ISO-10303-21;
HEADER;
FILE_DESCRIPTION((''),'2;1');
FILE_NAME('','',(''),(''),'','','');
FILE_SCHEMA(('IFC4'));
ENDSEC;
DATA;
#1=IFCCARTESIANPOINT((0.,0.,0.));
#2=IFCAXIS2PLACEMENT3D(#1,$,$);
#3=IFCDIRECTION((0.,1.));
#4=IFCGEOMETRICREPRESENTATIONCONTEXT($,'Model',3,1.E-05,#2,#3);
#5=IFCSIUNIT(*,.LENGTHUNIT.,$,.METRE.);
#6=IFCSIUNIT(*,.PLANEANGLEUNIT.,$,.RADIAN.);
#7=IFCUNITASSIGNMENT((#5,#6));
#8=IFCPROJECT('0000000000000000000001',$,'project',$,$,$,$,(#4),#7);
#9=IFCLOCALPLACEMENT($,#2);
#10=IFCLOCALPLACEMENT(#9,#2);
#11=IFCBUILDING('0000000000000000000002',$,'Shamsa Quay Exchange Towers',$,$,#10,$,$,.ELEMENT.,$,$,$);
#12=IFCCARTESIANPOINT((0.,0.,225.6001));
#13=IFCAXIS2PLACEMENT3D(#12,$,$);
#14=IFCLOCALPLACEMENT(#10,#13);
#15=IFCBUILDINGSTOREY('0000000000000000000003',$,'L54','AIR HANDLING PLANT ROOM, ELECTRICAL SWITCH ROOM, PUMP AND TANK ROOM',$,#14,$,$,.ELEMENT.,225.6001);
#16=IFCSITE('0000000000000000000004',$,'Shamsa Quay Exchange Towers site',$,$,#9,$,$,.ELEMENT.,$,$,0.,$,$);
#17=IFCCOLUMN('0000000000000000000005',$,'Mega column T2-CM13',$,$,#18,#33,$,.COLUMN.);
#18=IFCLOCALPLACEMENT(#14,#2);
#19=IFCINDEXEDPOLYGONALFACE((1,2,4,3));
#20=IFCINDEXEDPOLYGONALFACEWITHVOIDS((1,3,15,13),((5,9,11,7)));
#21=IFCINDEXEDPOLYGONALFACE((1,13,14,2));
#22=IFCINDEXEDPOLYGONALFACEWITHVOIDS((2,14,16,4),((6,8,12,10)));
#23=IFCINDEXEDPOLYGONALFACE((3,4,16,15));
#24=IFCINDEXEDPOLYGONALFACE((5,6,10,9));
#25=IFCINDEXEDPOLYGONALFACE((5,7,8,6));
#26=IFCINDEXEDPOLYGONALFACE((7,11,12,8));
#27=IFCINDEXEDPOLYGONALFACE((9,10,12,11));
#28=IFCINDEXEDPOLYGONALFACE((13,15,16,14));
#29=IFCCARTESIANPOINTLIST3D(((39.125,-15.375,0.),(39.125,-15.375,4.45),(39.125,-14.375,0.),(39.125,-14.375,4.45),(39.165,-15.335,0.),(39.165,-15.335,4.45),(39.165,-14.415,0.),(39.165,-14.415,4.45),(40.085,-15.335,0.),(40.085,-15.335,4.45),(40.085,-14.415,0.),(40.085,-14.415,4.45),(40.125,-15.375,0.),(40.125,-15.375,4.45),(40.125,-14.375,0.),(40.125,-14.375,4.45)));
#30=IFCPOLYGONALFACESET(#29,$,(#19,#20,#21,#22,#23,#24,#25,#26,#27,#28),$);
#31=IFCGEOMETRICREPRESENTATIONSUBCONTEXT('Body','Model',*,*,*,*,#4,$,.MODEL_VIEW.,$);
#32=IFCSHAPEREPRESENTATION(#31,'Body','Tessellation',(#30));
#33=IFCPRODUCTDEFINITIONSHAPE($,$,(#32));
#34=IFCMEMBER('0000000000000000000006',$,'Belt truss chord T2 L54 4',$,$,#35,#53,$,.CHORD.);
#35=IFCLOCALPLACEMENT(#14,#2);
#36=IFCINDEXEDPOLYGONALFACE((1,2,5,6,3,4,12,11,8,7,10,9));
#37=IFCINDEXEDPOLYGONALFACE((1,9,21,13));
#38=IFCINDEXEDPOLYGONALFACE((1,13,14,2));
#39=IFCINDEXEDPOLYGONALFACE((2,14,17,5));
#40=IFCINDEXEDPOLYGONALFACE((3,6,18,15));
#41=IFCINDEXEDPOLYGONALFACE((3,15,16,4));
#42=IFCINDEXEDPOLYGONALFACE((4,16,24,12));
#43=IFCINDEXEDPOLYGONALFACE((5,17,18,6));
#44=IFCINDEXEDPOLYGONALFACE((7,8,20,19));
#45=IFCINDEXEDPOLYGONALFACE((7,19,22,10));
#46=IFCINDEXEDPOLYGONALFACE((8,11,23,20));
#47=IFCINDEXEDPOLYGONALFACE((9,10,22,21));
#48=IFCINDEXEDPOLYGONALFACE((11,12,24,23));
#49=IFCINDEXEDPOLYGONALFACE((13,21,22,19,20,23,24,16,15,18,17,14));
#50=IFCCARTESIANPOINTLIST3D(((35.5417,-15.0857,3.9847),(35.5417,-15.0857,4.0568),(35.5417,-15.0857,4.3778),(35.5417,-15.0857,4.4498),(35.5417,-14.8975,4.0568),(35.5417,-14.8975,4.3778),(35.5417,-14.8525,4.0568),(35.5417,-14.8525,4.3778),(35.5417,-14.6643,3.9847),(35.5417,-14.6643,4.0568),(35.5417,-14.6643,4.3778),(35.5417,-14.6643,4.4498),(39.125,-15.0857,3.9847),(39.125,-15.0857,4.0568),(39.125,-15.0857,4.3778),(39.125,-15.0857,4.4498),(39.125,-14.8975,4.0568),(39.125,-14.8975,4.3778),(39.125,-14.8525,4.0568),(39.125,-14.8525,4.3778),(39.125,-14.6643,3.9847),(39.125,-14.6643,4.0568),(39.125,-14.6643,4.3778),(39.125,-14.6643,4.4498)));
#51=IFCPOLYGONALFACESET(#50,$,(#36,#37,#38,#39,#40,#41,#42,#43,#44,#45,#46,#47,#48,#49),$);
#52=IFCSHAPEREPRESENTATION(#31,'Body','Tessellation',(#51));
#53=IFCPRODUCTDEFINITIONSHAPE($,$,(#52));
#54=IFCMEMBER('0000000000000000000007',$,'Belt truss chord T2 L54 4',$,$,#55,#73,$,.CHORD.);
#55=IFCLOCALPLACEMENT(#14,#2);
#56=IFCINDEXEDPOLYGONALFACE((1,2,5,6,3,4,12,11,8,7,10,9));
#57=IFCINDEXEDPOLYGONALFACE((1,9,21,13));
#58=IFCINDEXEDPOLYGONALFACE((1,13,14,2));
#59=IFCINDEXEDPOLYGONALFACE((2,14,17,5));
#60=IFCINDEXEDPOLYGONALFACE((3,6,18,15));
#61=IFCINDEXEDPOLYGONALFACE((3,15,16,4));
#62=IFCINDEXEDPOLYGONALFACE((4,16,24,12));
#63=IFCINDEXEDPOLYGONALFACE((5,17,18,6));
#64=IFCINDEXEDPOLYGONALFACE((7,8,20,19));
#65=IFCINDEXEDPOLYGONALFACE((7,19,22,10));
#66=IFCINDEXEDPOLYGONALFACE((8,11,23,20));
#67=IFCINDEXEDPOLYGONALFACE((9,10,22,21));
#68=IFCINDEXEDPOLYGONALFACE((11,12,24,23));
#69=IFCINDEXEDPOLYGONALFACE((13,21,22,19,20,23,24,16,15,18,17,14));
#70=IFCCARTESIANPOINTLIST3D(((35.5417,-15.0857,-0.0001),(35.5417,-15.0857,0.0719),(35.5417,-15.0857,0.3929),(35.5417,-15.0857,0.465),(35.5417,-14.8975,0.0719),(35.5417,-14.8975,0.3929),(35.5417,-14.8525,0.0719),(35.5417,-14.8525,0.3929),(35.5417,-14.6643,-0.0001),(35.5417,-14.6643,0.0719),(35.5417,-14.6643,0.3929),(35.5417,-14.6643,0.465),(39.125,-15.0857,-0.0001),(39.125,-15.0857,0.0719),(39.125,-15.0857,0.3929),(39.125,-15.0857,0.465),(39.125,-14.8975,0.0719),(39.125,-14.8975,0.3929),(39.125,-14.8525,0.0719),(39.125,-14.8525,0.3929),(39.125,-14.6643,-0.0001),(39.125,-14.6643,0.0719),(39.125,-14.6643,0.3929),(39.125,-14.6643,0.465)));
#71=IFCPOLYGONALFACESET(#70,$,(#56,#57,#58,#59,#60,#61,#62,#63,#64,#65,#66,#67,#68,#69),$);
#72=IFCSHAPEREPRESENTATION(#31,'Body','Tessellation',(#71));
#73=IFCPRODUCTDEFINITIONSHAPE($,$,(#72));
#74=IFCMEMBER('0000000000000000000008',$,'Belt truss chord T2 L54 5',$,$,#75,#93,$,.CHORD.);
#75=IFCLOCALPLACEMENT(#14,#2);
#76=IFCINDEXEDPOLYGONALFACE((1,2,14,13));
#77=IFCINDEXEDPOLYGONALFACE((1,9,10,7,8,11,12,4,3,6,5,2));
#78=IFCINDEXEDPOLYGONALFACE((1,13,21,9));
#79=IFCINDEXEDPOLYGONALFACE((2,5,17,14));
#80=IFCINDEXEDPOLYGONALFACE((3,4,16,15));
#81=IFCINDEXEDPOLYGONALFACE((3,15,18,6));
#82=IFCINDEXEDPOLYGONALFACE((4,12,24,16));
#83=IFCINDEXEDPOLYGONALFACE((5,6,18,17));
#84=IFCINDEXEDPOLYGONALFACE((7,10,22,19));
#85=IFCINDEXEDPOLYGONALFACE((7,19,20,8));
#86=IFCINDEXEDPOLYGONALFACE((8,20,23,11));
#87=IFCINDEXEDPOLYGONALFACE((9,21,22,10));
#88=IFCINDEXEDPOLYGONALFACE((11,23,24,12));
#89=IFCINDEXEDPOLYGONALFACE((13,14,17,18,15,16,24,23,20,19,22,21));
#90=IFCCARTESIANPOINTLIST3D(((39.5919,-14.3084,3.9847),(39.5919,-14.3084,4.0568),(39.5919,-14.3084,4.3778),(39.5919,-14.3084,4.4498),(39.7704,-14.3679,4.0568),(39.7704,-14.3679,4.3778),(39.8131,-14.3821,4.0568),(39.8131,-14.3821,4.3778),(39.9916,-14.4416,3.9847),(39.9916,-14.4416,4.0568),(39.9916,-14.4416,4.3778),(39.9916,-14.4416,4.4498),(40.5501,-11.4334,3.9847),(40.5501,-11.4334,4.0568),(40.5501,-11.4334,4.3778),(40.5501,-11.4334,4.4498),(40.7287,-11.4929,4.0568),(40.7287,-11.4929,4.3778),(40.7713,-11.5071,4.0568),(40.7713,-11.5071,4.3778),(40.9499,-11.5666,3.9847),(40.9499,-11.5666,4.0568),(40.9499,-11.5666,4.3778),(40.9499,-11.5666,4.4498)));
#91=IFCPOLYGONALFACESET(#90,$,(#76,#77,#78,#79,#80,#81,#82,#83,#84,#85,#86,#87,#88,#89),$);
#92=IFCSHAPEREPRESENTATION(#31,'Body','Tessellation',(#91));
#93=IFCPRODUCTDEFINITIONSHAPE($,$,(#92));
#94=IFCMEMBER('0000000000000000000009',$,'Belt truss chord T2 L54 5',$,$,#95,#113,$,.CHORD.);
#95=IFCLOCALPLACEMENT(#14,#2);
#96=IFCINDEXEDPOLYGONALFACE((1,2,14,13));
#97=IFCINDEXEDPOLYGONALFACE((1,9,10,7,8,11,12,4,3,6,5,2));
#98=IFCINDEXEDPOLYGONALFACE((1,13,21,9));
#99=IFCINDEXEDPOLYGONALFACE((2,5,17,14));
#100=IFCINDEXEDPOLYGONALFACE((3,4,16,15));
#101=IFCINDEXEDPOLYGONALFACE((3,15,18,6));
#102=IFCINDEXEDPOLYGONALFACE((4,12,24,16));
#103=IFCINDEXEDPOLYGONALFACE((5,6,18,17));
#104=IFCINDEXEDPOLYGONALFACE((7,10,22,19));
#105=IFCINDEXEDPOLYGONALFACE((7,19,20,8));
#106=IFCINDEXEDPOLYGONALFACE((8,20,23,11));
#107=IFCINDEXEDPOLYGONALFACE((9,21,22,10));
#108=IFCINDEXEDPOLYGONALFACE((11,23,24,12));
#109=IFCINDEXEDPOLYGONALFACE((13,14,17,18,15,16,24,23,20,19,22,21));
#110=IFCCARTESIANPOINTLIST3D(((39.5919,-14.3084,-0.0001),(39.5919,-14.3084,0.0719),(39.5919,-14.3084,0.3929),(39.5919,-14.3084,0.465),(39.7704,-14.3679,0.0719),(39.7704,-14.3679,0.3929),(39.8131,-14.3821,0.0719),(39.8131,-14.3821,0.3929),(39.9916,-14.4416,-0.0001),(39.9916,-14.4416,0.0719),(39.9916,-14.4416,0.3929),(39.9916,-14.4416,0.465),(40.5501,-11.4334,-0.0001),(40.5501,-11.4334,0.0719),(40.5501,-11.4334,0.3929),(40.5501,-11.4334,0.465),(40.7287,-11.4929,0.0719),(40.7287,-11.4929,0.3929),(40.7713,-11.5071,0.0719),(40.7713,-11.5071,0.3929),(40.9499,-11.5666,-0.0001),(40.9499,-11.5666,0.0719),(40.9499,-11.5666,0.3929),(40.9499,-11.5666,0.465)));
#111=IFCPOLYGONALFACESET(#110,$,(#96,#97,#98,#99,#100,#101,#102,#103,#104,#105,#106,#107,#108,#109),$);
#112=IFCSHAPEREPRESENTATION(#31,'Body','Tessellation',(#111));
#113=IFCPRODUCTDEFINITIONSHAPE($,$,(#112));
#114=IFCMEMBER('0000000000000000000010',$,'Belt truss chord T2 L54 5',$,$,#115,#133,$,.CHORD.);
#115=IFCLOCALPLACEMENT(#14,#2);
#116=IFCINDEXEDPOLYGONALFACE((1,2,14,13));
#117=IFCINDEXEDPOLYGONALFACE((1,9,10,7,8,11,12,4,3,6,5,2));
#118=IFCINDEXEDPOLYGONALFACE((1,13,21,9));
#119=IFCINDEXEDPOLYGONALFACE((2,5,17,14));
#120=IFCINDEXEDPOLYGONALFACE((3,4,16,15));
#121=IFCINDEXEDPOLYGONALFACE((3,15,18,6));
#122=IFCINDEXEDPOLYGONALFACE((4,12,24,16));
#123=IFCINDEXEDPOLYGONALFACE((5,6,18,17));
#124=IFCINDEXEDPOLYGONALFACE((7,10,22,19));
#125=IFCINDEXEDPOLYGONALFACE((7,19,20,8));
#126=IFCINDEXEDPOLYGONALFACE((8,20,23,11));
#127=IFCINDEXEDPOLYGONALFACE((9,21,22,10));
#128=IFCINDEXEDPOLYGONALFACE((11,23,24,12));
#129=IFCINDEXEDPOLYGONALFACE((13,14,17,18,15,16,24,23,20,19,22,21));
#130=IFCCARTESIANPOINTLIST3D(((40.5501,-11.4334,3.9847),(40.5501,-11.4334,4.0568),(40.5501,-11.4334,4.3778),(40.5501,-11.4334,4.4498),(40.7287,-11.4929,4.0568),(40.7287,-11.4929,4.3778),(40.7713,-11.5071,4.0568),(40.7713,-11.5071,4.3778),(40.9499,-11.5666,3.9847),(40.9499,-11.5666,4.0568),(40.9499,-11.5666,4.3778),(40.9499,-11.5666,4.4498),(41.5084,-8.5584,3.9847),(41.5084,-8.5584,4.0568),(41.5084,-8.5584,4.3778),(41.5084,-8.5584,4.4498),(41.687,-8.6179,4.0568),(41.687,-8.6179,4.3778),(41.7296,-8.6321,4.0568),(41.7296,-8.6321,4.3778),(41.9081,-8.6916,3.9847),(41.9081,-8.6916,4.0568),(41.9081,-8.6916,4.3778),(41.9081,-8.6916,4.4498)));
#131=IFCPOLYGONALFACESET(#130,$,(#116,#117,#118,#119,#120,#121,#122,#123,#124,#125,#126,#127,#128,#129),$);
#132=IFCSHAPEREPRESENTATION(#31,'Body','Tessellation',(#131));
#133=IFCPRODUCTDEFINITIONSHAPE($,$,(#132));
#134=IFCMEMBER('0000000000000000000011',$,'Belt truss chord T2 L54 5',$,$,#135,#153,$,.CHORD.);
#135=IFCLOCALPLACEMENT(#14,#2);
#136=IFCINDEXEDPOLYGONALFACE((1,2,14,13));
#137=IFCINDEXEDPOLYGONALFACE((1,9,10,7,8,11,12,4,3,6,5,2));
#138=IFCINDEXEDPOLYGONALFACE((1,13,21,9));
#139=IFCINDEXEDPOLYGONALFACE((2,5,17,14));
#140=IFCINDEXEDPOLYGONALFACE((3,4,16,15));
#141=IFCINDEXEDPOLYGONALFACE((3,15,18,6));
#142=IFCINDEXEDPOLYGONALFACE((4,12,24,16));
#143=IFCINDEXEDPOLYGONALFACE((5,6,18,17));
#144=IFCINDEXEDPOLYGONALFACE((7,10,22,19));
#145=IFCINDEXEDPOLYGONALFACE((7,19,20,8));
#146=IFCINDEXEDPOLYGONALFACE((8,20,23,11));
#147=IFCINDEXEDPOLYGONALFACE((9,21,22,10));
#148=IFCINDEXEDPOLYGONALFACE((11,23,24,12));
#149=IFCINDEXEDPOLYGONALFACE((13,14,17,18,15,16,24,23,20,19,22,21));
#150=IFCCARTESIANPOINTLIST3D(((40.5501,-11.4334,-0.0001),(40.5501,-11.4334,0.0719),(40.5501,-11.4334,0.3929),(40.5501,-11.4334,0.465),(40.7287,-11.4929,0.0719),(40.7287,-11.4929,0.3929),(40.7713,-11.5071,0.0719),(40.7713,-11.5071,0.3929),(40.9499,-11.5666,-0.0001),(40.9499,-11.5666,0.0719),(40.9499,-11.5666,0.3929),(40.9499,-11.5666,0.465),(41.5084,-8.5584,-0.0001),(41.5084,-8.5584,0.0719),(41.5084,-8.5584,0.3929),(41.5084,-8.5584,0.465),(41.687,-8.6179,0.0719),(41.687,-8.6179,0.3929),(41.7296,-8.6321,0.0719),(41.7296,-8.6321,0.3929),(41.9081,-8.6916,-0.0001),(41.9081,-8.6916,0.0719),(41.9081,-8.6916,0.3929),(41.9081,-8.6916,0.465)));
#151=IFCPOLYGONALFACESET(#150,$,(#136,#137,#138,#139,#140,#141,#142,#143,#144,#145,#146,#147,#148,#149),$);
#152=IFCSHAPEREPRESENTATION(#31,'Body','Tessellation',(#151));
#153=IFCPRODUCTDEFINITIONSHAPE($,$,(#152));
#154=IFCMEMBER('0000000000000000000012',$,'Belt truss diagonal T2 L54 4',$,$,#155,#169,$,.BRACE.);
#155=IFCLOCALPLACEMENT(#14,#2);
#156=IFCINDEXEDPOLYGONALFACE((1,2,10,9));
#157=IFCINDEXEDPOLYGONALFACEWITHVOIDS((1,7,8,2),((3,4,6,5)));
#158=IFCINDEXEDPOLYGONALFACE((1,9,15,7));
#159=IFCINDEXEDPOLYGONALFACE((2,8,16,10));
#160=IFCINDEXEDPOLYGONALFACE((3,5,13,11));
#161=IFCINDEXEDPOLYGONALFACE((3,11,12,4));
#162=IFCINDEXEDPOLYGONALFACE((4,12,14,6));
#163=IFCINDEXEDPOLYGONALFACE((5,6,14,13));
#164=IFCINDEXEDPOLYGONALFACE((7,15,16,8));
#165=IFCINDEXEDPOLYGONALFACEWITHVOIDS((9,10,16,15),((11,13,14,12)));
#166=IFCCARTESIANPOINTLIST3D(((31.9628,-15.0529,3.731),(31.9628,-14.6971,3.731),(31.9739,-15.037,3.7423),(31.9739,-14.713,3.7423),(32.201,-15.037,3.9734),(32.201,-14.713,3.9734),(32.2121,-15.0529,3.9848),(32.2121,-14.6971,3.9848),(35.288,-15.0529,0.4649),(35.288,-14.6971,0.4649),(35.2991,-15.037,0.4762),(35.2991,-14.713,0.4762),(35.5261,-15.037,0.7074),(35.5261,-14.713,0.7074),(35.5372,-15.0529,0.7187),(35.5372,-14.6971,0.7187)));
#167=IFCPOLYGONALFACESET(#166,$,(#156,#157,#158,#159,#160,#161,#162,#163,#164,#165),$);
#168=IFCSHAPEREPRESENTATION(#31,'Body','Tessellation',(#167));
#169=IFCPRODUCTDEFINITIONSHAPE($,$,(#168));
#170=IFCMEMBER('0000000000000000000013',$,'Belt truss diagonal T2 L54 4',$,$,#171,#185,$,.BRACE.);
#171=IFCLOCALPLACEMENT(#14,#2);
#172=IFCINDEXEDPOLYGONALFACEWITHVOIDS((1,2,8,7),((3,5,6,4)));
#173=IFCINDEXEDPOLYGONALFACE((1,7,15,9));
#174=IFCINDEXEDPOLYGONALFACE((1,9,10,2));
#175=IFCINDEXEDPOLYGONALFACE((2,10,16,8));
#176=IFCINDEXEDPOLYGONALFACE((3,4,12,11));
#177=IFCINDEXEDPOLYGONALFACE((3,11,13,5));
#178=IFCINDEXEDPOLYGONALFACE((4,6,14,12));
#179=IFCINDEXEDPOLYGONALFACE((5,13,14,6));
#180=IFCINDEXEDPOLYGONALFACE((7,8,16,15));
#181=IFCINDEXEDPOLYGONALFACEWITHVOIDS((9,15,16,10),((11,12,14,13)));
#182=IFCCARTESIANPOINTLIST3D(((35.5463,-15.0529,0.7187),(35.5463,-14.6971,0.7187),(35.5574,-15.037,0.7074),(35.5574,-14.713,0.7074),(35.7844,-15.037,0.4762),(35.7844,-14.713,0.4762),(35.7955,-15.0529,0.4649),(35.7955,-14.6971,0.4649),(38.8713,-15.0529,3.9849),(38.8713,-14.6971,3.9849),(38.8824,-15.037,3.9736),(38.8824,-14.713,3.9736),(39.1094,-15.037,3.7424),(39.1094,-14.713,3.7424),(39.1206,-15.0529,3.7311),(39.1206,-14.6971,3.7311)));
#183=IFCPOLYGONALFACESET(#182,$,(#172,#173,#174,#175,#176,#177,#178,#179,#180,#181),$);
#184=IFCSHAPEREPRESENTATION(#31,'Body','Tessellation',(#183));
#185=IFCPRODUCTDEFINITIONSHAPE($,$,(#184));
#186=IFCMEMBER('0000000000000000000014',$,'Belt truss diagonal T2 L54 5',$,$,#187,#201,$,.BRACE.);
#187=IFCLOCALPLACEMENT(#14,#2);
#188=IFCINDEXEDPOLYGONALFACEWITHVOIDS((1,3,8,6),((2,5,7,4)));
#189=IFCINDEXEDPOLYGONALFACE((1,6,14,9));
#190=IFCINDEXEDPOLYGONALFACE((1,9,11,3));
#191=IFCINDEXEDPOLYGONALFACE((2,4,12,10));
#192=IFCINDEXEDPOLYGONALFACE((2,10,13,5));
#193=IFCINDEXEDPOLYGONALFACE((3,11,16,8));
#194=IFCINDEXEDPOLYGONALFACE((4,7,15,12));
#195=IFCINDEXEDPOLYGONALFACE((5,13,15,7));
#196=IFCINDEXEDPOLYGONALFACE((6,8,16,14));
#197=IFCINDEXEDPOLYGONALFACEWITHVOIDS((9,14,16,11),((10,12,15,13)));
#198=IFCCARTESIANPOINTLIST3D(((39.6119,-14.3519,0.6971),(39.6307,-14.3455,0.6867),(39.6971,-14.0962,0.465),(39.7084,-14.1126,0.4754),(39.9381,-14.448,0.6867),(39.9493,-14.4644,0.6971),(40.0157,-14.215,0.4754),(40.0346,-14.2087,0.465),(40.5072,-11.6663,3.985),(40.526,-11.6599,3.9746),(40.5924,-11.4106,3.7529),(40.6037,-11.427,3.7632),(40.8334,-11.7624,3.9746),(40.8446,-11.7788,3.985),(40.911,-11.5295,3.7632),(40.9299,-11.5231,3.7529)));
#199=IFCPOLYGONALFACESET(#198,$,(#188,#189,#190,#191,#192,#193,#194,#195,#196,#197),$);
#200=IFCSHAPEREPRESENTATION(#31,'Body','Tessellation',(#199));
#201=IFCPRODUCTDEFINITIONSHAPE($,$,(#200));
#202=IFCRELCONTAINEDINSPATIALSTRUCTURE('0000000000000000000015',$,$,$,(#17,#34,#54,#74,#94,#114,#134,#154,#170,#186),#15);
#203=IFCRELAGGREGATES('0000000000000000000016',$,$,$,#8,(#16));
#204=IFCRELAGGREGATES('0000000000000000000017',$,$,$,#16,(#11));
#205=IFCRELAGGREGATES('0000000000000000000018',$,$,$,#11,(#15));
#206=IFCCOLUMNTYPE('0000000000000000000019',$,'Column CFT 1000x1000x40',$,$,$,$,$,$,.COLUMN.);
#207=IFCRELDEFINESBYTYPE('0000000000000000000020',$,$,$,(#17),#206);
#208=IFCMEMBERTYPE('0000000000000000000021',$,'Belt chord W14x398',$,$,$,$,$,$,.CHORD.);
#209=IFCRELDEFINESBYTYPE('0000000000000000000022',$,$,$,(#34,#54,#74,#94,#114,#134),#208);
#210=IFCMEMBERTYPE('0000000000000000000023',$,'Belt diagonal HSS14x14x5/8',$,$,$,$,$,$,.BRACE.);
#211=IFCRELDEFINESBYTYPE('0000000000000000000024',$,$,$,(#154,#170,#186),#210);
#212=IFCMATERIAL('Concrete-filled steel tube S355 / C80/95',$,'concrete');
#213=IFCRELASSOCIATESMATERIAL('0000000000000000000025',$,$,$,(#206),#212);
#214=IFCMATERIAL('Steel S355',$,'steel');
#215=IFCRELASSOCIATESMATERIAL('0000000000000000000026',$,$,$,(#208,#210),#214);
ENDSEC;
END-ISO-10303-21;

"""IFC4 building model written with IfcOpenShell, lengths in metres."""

from ifc_helpers import new_model, si_unit, direction, frame, origin, origin_2d, place, context, subcontext, project, spatial, hollow_rectangle, i_section, extrude, material, material_profile, profile_set, type_object, element, save


model = new_model("IFC4")

# Units and contexts
model_context = context("Model", 3, precision=1e-05, world=origin(), true_north=direction((0.0, 1.0)))
body_context = subcontext(model_context, "Body", "Model", "MODEL_VIEW")
ifc_project = project(units=[si_unit("LENGTHUNIT", "METRE"), si_unit("PLANEANGLEUNIT", "RADIAN")], contexts=[model_context])

# Site, building, storey
site_placement = place(None, origin())
site = spatial("IfcSite", under=ifc_project, at=site_placement, Name="Shamsa Quay Exchange Towers site", CompositionType="ELEMENT", RefElevation=0.0)
building_placement = place(site_placement, origin())
building = spatial("IfcBuilding", under=site, at=building_placement, Name="Shamsa Quay Exchange Towers", CompositionType="ELEMENT")
storey_placement = place(building_placement, frame((0.0, 0.0, 225.6001)))
storey = spatial("IfcBuildingStorey", under=building, at=storey_placement, Name="L54", Description="AIR HANDLING PLANT ROOM, ELECTRICAL SWITCH ROOM, PUMP AND TANK ROOM", CompositionType="ELEMENT", Elevation=225.6001)

# Column
ifc_material_1 = material(Name="Concrete-filled steel tube S355 / C80/95", Category="concrete")
ifc_material_profile_1 = material_profile(ifc_material_1, hollow_rectangle(XDim=1.0, YDim=1.0, WallThickness=0.04, at=origin_2d()), Name="CFT 1000x1000x40")
ifc_profile_set_1 = profile_set([ifc_material_profile_1], Name="Concrete-filled steel tube S355 / C80/95")
column_type = type_object("IfcColumnType", Name="Column CFT 1000x1000x40", PredefinedType="COLUMN", material=ifc_profile_set_1)
column_placement = place(storey_placement, frame((39.625, -14.875, 0.0)))
element("IfcColumn", 1, at=column_placement, inside=storey, type_object=column_type, Name="Mega column T2-CM13", PredefinedType="COLUMN", context=body_context, shape_type="SweptSolid", body=[
    extrude(hollow_rectangle(XDim=1.0, YDim=1.0, WallThickness=0.04, at=origin_2d()), origin(), (0.0, 0.0, 1.0), 4.45),
])

# Members
ifc_material_2 = material(Name="Steel S355", Category="steel")
ifc_material_profile_2 = material_profile(ifc_material_2, i_section(OverallWidth=0.4214, OverallDepth=0.4651, WebThickness=0.0449, FlangeThickness=0.072, at=origin_2d()), Name="W14x398")
ifc_profile_set_2 = profile_set([ifc_material_profile_2], Name="Steel S355")
member_type_1 = type_object("IfcMemberType", Name="Belt chord W14x398", PredefinedType="CHORD", material=ifc_profile_set_2)
for number, where, z_axis, x_axis, name in (
    (2, (35.5417, -14.875, 4.2173), (1.0, 0.0, 0.0), (0.0, 1.0, 0.0), "Belt truss chord T2 L54 4"),
    (3, (35.5417, -14.875, 0.2324), (1.0, 0.0, 0.0), (0.0, 1.0, 0.0), "Belt truss chord T2 L54 4"),
):
    element("IfcMember", number, at=place(storey_placement, frame(where, z_axis=z_axis, x_axis=x_axis)), inside=storey, type_object=member_type_1, Name=name, PredefinedType="CHORD", context=body_context, shape_type="SweptSolid", body=[
        extrude(i_section(OverallWidth=0.4214, OverallDepth=0.4651, WebThickness=0.0449, FlangeThickness=0.072, at=origin_2d()), origin(), (0.0, 0.0, 1.0), 3.5833),
    ])
for number, where, z_axis, x_axis, name in (
    (4, (39.7917, -14.375, 4.2173), (0.316204, 0.948691, 0.0), (-0.948691, 0.316204, 0.0), "Belt truss chord T2 L54 5"),
    (5, (39.7917, -14.375, 0.2324), (0.316204, 0.948691, 0.0), (-0.948691, 0.316204, 0.0), "Belt truss chord T2 L54 5"),
    (6, (40.75, -11.5, 4.2173), (0.316204, 0.948691, 0.0), (-0.948691, 0.316204, 0.0), "Belt truss chord T2 L54 5"),
    (7, (40.75, -11.5, 0.2324), (0.316204, 0.948691, 0.0), (-0.948691, 0.316204, 0.0), "Belt truss chord T2 L54 5"),
):
    element("IfcMember", number, at=place(storey_placement, frame(where, z_axis=z_axis, x_axis=x_axis)), inside=storey, type_object=member_type_1, Name=name, PredefinedType="CHORD", context=body_context, shape_type="SweptSolid", body=[
        extrude(i_section(OverallWidth=0.4214, OverallDepth=0.4651, WebThickness=0.0449, FlangeThickness=0.072, at=origin_2d()), origin(), (0.0, 0.0, 1.0), 3.0305),
    ])
ifc_material_profile_3 = material_profile(ifc_material_2, hollow_rectangle(XDim=0.3557, YDim=0.3557, WallThickness=0.0159, at=origin_2d()), Name="HSS14x14x5/8")
ifc_profile_set_3 = profile_set([ifc_material_profile_3], Name="Steel S355")
member_type_2 = type_object("IfcMemberType", Name="Belt diagonal HSS14x14x5/8", PredefinedType="BRACE", material=ifc_profile_set_3)
for number, where, z_axis, x_axis, name in (
    (8, (35.4126, -14.875, 0.5918), (-0.713416, 0.0, 0.70074), (0.0, -1.0, 0.0), "Belt truss diagonal T2 L54 4"),
    (9, (35.6709, -14.875, 0.5918), (0.713391, 0.0, 0.700767), (0.0, 1.0, 0.0), "Belt truss diagonal T2 L54 4"),
):
    element("IfcMember", number, at=place(storey_placement, frame(where, z_axis=z_axis, x_axis=x_axis)), inside=storey, type_object=member_type_2, Name=name, PredefinedType="BRACE", context=body_context, shape_type="SweptSolid", body=[
        extrude(hollow_rectangle(XDim=0.3557, YDim=0.3557, WallThickness=0.0159, at=origin_2d()), origin(), (0.0, 0.0, 1.0), 4.6609),
    ])
member_placement = place(storey_placement, frame((39.8232, -14.2803, 0.5811), z_axis=(0.206348, 0.618987, 0.757809), x_axis=(-0.948675, 0.316254, 0.0)))
element("IfcMember", 10, at=member_placement, inside=storey, type_object=member_type_2, Name="Belt truss diagonal T2 L54 5", PredefinedType="BRACE", context=body_context, shape_type="SweptSolid", body=[
    extrude(hollow_rectangle(XDim=0.3557, YDim=0.3557, WallThickness=0.0159, at=origin_2d()), origin(), (0.0, 0.0, 1.0), 4.3386),
])

save(model, "model.ifc")
